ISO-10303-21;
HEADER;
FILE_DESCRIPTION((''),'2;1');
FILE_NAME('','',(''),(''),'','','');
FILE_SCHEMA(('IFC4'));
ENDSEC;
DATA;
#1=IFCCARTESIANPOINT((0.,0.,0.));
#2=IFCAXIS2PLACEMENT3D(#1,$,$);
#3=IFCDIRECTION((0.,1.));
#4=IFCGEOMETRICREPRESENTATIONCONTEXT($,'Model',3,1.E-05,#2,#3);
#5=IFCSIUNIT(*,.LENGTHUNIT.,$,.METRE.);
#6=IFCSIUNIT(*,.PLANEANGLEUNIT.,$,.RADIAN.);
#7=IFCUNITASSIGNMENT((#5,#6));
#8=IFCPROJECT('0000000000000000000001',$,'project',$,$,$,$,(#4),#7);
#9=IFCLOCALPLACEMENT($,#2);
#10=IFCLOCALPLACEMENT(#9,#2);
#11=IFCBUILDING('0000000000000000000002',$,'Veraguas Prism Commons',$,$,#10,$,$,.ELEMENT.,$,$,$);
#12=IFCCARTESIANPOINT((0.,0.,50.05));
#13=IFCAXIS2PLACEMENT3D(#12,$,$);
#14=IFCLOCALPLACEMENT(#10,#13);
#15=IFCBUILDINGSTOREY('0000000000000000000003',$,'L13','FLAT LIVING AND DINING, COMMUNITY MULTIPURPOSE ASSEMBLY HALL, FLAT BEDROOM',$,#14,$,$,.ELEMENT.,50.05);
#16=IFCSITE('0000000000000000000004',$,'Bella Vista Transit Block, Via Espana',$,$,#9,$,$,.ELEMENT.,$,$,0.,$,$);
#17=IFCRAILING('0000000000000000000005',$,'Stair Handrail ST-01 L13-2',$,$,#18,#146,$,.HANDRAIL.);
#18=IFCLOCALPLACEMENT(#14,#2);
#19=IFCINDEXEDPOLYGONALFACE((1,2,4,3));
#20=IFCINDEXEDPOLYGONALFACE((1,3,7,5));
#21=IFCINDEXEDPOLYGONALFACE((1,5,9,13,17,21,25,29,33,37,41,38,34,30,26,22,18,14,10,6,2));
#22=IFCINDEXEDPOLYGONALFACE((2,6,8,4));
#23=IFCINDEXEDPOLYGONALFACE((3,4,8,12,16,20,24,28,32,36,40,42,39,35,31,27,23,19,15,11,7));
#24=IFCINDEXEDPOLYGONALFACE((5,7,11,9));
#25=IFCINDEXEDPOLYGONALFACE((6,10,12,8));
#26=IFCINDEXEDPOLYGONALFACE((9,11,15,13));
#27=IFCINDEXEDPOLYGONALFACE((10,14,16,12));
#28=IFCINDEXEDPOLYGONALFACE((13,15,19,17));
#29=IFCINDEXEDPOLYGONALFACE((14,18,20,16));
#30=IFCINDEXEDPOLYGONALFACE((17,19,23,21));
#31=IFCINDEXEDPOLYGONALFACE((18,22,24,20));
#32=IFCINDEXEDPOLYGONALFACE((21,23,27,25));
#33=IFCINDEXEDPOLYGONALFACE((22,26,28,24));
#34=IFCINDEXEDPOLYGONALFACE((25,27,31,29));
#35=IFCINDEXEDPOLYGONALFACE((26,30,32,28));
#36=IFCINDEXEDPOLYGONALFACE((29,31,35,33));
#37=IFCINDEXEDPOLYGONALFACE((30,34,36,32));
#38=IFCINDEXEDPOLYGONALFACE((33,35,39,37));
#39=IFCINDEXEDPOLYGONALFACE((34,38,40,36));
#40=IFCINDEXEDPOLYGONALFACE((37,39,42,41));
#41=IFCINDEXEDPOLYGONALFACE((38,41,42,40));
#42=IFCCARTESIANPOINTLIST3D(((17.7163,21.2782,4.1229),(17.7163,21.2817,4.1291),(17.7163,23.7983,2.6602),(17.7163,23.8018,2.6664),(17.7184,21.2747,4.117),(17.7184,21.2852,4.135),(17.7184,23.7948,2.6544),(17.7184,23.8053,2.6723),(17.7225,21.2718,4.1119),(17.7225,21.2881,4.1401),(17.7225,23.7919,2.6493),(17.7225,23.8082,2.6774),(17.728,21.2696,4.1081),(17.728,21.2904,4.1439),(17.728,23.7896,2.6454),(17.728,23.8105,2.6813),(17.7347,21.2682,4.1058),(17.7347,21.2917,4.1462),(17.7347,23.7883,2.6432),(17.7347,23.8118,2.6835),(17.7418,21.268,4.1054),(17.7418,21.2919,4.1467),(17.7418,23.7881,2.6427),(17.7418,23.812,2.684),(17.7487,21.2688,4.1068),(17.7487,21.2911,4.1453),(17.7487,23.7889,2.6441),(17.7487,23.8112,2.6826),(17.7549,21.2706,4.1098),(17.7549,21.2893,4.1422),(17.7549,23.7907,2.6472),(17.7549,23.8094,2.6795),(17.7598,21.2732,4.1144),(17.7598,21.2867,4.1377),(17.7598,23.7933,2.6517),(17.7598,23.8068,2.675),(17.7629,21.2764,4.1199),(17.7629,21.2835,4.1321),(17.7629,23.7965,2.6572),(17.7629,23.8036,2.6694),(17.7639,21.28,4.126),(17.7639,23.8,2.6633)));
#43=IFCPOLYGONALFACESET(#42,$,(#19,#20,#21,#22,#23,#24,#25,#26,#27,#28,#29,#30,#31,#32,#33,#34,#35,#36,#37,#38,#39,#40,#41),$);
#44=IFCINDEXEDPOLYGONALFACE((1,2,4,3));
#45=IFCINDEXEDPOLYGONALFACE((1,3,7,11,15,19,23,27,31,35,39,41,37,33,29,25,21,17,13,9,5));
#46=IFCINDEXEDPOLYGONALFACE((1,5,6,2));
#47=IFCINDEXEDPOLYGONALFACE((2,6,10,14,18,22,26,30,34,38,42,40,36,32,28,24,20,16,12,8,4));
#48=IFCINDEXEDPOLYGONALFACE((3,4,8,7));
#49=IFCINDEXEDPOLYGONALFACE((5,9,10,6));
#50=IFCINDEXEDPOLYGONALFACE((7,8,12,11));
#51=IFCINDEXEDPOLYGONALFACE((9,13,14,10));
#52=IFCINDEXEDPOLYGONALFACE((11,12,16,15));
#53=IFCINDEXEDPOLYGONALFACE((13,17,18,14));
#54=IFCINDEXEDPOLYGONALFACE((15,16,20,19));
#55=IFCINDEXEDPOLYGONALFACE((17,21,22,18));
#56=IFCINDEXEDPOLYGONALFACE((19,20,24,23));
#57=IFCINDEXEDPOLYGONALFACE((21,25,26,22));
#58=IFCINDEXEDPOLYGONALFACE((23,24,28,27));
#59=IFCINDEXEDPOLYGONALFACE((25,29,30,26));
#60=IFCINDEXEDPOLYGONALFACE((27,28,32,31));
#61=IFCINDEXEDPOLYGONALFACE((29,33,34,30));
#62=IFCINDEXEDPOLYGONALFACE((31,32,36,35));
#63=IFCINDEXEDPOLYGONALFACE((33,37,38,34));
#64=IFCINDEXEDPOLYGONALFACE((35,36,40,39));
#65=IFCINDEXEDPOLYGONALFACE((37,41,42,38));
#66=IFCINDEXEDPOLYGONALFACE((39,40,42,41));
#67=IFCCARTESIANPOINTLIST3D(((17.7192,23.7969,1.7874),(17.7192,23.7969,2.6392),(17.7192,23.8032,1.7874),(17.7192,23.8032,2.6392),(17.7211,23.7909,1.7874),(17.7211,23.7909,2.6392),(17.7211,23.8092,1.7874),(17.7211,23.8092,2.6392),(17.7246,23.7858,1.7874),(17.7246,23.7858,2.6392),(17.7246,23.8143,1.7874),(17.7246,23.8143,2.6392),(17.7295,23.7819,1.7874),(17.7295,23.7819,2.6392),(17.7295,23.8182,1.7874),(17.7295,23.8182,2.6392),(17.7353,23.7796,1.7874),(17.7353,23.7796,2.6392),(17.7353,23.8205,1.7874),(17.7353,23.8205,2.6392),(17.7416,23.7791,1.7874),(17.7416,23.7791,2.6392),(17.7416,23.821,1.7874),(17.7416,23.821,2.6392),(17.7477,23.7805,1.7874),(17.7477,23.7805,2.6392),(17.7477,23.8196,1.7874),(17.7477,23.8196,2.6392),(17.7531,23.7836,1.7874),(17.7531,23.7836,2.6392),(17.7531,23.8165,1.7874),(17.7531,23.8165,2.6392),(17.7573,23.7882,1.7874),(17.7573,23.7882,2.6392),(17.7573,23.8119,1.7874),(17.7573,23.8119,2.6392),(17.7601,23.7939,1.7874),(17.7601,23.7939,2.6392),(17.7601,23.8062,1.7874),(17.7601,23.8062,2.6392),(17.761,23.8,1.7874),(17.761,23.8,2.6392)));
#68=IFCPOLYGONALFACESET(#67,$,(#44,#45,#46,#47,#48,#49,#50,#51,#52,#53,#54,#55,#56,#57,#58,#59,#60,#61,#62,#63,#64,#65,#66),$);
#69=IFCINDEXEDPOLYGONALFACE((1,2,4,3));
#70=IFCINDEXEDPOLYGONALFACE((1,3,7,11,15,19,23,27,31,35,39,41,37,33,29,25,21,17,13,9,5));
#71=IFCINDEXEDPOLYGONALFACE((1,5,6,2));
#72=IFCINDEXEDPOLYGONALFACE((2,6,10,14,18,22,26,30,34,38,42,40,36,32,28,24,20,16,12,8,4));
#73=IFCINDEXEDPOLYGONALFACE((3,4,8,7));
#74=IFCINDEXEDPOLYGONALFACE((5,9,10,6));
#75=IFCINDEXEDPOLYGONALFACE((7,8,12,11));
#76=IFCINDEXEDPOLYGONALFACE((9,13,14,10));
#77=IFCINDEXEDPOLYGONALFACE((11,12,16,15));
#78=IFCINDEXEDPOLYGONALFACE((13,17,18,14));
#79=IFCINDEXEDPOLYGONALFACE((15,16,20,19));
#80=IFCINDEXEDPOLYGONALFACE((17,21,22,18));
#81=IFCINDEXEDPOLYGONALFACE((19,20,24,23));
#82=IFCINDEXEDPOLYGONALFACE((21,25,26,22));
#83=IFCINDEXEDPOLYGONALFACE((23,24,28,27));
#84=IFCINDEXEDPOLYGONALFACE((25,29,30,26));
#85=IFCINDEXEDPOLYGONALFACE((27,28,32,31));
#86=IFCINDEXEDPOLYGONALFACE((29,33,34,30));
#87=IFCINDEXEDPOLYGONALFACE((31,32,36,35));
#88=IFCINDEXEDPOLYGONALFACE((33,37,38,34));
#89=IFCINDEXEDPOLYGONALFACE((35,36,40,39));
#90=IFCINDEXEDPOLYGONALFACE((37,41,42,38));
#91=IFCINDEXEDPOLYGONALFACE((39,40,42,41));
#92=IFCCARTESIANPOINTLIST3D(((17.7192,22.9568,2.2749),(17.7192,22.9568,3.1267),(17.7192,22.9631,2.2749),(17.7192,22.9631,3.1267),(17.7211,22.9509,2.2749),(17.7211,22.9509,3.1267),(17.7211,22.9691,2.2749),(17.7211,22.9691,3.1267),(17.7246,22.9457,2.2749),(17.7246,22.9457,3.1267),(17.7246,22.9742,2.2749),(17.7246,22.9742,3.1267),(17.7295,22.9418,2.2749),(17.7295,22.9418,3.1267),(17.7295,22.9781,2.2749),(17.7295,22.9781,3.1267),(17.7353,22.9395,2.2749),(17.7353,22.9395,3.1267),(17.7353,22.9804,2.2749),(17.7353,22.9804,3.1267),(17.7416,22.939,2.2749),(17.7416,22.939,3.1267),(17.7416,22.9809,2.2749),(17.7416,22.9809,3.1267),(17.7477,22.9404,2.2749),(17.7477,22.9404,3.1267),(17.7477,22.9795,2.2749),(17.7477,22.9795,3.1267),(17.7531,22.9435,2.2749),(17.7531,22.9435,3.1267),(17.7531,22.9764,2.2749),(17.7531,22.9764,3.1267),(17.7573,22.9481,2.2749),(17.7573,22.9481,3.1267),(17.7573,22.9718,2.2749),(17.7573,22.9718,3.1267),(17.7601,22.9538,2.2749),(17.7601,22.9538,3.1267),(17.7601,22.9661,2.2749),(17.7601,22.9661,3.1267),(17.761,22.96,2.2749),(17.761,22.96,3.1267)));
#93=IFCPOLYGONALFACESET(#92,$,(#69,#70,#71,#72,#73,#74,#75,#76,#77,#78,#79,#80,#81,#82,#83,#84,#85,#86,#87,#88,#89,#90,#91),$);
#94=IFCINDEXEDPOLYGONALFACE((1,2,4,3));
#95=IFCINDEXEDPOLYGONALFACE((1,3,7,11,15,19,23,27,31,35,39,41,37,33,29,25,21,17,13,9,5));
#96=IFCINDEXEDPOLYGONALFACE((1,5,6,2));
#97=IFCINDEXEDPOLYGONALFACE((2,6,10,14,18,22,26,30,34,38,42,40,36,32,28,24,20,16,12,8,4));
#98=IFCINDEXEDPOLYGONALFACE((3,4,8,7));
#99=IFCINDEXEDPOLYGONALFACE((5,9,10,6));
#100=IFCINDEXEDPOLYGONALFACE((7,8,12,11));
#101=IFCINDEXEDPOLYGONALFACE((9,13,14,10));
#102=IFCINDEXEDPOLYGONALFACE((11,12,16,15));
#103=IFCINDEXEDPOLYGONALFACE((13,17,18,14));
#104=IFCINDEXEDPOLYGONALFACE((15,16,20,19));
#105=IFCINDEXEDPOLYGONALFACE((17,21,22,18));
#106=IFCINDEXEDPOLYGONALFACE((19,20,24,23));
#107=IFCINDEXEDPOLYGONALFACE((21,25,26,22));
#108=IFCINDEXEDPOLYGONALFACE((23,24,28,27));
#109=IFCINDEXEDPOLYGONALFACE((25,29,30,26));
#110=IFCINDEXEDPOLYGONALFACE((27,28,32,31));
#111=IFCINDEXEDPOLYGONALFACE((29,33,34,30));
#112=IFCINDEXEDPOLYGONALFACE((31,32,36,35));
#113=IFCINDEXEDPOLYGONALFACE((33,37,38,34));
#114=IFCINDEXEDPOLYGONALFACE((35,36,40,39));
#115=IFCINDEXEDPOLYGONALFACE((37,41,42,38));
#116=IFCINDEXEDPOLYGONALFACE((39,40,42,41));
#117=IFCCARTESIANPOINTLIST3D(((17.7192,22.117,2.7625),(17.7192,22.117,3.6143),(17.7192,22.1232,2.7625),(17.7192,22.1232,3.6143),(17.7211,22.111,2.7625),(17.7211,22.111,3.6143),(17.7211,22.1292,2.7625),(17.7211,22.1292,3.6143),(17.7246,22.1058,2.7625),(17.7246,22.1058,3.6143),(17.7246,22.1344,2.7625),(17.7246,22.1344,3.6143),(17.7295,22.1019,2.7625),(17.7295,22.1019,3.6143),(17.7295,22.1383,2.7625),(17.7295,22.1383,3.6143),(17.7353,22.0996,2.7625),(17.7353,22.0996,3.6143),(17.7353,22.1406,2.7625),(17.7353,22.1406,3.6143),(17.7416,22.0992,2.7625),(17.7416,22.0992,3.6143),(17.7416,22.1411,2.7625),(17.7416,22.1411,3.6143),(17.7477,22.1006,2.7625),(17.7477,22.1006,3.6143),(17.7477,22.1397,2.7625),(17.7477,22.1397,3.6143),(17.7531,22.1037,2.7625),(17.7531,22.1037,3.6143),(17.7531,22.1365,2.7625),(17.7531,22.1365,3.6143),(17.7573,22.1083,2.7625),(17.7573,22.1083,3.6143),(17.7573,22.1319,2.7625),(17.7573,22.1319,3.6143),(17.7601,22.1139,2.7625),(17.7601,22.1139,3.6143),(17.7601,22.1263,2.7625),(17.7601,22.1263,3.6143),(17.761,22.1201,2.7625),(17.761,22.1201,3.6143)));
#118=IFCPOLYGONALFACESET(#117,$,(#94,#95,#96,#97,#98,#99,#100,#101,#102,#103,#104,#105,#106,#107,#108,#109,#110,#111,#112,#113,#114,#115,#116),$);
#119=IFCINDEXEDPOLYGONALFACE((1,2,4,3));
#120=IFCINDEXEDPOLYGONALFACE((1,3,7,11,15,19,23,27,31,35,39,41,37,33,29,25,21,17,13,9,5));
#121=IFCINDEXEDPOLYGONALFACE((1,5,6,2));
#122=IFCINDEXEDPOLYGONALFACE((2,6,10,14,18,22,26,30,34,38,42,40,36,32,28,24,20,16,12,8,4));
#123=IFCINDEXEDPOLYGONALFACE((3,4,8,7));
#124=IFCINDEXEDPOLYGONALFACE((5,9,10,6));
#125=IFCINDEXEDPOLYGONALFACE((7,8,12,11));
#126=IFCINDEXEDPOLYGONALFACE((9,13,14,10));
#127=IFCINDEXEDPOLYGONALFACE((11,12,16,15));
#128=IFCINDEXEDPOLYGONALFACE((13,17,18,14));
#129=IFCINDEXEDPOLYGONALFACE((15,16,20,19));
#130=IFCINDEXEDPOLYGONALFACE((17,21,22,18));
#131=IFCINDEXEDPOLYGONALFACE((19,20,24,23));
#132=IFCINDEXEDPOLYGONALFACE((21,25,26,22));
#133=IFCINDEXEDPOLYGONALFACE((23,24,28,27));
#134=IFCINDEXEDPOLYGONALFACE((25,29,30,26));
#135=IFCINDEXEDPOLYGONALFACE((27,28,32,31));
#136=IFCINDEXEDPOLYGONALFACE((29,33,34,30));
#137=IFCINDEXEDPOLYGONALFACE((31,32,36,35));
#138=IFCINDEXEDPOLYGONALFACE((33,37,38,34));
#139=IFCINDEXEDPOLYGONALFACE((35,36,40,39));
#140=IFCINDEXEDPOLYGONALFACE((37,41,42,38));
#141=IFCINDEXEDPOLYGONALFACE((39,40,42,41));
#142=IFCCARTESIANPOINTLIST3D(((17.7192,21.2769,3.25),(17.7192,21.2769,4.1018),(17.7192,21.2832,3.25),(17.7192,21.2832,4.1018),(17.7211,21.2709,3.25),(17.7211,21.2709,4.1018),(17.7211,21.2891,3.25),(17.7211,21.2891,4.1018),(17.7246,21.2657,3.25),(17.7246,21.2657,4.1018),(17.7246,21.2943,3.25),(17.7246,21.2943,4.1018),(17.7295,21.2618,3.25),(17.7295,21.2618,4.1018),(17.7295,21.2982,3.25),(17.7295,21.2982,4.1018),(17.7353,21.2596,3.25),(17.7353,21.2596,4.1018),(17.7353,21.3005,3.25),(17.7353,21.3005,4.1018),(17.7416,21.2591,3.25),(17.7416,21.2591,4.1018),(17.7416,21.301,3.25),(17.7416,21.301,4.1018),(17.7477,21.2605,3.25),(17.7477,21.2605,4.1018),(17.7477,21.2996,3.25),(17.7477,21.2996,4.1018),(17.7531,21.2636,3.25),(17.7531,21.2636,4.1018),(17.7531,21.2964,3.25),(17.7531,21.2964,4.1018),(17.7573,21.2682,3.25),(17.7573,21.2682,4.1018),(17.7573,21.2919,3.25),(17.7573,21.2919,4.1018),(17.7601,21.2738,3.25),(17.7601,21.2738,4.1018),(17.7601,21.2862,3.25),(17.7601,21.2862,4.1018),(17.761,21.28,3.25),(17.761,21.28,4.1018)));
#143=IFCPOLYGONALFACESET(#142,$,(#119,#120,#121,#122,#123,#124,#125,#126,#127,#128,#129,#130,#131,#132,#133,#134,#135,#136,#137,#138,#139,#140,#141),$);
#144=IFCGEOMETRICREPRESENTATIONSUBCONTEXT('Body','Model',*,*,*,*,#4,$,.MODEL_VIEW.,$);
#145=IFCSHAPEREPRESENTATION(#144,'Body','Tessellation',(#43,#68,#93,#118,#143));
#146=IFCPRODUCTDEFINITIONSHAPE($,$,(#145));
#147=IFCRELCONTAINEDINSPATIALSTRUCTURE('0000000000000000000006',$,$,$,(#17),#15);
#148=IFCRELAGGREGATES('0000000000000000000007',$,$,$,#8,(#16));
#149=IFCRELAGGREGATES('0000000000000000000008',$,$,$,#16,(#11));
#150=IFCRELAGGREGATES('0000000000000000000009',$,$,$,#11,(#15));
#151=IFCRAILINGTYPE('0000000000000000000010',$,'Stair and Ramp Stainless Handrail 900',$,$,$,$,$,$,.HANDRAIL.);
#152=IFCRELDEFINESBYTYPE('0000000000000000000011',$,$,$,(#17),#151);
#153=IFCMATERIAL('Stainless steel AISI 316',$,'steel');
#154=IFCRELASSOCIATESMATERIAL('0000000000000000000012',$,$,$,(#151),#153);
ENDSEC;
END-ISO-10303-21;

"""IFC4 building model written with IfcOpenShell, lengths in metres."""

from ifc_helpers import new_model, si_unit, direction, frame, origin, origin_2d, place, context, subcontext, project, spatial, circle, extrude, material, type_object, element, save


model = new_model("IFC4")

# Units and contexts
model_context = context("Model", 3, precision=1e-05, world=origin(), true_north=direction((0.0, 1.0)))
body_context = subcontext(model_context, "Body", "Model", "MODEL_VIEW")
ifc_project = project(units=[si_unit("LENGTHUNIT", "METRE"), si_unit("PLANEANGLEUNIT", "RADIAN")], contexts=[model_context])

# Site, building, storey
site_placement = place(None, origin())
site = spatial("IfcSite", under=ifc_project, at=site_placement, Name="Bella Vista Transit Block, Via Espana", CompositionType="ELEMENT", RefElevation=0.0)
building_placement = place(site_placement, origin())
building = spatial("IfcBuilding", under=site, at=building_placement, Name="Veraguas Prism Commons", CompositionType="ELEMENT")
storey_placement = place(building_placement, frame((0.0, 0.0, 50.05)))
storey = spatial("IfcBuildingStorey", under=building, at=storey_placement, Name="L13", Description="FLAT LIVING AND DINING, COMMUNITY MULTIPURPOSE ASSEMBLY HALL, FLAT BEDROOM", CompositionType="ELEMENT", Elevation=50.05)

# Railing
ifc_material_1 = material(Name="Stainless steel AISI 316", Category="steel")
railing_type_1 = type_object("IfcRailingType", Name="Stair and Ramp Stainless Handrail 900", PredefinedType="HANDRAIL", material=ifc_material_1)
railing_1_placement = place(storey_placement, frame((17.74, 23.8, 1.7874)))
element("IfcRailing", 1, at=railing_1_placement, inside=storey, type_object=railing_type_1, Name="Stair Handrail ST-01 L13-2", PredefinedType="HANDRAIL", context=body_context, shape_type="SweptSolid", body=[
    extrude(circle(Radius=0.0239, at=origin_2d()), frame((0.0, 0.0, 0.876), z_axis=(0.0, -0.864877, 0.501984), x_axis=(1.0, 0.0, 0.0)), (0.0, 0.0, 1.0), 2.9138),
    extrude(circle(Radius=0.021, at=origin_2d()), origin(), (0.0, 0.0, 1.0), 0.8518),
    extrude(circle(Radius=0.021, at=origin_2d()), frame((0.0, -0.8401, 0.4875)), (0.0, 0.0, 1.0), 0.8518),
    extrude(circle(Radius=0.021, at=origin_2d()), frame((0.0, -1.6799, 0.9751)), (0.0, 0.0, 1.0), 0.8518),
    extrude(circle(Radius=0.021, at=origin_2d()), frame((0.0, -2.52, 1.4626)), (0.0, 0.0, 1.0), 0.8518),
])

save(model, "model.ifc")
